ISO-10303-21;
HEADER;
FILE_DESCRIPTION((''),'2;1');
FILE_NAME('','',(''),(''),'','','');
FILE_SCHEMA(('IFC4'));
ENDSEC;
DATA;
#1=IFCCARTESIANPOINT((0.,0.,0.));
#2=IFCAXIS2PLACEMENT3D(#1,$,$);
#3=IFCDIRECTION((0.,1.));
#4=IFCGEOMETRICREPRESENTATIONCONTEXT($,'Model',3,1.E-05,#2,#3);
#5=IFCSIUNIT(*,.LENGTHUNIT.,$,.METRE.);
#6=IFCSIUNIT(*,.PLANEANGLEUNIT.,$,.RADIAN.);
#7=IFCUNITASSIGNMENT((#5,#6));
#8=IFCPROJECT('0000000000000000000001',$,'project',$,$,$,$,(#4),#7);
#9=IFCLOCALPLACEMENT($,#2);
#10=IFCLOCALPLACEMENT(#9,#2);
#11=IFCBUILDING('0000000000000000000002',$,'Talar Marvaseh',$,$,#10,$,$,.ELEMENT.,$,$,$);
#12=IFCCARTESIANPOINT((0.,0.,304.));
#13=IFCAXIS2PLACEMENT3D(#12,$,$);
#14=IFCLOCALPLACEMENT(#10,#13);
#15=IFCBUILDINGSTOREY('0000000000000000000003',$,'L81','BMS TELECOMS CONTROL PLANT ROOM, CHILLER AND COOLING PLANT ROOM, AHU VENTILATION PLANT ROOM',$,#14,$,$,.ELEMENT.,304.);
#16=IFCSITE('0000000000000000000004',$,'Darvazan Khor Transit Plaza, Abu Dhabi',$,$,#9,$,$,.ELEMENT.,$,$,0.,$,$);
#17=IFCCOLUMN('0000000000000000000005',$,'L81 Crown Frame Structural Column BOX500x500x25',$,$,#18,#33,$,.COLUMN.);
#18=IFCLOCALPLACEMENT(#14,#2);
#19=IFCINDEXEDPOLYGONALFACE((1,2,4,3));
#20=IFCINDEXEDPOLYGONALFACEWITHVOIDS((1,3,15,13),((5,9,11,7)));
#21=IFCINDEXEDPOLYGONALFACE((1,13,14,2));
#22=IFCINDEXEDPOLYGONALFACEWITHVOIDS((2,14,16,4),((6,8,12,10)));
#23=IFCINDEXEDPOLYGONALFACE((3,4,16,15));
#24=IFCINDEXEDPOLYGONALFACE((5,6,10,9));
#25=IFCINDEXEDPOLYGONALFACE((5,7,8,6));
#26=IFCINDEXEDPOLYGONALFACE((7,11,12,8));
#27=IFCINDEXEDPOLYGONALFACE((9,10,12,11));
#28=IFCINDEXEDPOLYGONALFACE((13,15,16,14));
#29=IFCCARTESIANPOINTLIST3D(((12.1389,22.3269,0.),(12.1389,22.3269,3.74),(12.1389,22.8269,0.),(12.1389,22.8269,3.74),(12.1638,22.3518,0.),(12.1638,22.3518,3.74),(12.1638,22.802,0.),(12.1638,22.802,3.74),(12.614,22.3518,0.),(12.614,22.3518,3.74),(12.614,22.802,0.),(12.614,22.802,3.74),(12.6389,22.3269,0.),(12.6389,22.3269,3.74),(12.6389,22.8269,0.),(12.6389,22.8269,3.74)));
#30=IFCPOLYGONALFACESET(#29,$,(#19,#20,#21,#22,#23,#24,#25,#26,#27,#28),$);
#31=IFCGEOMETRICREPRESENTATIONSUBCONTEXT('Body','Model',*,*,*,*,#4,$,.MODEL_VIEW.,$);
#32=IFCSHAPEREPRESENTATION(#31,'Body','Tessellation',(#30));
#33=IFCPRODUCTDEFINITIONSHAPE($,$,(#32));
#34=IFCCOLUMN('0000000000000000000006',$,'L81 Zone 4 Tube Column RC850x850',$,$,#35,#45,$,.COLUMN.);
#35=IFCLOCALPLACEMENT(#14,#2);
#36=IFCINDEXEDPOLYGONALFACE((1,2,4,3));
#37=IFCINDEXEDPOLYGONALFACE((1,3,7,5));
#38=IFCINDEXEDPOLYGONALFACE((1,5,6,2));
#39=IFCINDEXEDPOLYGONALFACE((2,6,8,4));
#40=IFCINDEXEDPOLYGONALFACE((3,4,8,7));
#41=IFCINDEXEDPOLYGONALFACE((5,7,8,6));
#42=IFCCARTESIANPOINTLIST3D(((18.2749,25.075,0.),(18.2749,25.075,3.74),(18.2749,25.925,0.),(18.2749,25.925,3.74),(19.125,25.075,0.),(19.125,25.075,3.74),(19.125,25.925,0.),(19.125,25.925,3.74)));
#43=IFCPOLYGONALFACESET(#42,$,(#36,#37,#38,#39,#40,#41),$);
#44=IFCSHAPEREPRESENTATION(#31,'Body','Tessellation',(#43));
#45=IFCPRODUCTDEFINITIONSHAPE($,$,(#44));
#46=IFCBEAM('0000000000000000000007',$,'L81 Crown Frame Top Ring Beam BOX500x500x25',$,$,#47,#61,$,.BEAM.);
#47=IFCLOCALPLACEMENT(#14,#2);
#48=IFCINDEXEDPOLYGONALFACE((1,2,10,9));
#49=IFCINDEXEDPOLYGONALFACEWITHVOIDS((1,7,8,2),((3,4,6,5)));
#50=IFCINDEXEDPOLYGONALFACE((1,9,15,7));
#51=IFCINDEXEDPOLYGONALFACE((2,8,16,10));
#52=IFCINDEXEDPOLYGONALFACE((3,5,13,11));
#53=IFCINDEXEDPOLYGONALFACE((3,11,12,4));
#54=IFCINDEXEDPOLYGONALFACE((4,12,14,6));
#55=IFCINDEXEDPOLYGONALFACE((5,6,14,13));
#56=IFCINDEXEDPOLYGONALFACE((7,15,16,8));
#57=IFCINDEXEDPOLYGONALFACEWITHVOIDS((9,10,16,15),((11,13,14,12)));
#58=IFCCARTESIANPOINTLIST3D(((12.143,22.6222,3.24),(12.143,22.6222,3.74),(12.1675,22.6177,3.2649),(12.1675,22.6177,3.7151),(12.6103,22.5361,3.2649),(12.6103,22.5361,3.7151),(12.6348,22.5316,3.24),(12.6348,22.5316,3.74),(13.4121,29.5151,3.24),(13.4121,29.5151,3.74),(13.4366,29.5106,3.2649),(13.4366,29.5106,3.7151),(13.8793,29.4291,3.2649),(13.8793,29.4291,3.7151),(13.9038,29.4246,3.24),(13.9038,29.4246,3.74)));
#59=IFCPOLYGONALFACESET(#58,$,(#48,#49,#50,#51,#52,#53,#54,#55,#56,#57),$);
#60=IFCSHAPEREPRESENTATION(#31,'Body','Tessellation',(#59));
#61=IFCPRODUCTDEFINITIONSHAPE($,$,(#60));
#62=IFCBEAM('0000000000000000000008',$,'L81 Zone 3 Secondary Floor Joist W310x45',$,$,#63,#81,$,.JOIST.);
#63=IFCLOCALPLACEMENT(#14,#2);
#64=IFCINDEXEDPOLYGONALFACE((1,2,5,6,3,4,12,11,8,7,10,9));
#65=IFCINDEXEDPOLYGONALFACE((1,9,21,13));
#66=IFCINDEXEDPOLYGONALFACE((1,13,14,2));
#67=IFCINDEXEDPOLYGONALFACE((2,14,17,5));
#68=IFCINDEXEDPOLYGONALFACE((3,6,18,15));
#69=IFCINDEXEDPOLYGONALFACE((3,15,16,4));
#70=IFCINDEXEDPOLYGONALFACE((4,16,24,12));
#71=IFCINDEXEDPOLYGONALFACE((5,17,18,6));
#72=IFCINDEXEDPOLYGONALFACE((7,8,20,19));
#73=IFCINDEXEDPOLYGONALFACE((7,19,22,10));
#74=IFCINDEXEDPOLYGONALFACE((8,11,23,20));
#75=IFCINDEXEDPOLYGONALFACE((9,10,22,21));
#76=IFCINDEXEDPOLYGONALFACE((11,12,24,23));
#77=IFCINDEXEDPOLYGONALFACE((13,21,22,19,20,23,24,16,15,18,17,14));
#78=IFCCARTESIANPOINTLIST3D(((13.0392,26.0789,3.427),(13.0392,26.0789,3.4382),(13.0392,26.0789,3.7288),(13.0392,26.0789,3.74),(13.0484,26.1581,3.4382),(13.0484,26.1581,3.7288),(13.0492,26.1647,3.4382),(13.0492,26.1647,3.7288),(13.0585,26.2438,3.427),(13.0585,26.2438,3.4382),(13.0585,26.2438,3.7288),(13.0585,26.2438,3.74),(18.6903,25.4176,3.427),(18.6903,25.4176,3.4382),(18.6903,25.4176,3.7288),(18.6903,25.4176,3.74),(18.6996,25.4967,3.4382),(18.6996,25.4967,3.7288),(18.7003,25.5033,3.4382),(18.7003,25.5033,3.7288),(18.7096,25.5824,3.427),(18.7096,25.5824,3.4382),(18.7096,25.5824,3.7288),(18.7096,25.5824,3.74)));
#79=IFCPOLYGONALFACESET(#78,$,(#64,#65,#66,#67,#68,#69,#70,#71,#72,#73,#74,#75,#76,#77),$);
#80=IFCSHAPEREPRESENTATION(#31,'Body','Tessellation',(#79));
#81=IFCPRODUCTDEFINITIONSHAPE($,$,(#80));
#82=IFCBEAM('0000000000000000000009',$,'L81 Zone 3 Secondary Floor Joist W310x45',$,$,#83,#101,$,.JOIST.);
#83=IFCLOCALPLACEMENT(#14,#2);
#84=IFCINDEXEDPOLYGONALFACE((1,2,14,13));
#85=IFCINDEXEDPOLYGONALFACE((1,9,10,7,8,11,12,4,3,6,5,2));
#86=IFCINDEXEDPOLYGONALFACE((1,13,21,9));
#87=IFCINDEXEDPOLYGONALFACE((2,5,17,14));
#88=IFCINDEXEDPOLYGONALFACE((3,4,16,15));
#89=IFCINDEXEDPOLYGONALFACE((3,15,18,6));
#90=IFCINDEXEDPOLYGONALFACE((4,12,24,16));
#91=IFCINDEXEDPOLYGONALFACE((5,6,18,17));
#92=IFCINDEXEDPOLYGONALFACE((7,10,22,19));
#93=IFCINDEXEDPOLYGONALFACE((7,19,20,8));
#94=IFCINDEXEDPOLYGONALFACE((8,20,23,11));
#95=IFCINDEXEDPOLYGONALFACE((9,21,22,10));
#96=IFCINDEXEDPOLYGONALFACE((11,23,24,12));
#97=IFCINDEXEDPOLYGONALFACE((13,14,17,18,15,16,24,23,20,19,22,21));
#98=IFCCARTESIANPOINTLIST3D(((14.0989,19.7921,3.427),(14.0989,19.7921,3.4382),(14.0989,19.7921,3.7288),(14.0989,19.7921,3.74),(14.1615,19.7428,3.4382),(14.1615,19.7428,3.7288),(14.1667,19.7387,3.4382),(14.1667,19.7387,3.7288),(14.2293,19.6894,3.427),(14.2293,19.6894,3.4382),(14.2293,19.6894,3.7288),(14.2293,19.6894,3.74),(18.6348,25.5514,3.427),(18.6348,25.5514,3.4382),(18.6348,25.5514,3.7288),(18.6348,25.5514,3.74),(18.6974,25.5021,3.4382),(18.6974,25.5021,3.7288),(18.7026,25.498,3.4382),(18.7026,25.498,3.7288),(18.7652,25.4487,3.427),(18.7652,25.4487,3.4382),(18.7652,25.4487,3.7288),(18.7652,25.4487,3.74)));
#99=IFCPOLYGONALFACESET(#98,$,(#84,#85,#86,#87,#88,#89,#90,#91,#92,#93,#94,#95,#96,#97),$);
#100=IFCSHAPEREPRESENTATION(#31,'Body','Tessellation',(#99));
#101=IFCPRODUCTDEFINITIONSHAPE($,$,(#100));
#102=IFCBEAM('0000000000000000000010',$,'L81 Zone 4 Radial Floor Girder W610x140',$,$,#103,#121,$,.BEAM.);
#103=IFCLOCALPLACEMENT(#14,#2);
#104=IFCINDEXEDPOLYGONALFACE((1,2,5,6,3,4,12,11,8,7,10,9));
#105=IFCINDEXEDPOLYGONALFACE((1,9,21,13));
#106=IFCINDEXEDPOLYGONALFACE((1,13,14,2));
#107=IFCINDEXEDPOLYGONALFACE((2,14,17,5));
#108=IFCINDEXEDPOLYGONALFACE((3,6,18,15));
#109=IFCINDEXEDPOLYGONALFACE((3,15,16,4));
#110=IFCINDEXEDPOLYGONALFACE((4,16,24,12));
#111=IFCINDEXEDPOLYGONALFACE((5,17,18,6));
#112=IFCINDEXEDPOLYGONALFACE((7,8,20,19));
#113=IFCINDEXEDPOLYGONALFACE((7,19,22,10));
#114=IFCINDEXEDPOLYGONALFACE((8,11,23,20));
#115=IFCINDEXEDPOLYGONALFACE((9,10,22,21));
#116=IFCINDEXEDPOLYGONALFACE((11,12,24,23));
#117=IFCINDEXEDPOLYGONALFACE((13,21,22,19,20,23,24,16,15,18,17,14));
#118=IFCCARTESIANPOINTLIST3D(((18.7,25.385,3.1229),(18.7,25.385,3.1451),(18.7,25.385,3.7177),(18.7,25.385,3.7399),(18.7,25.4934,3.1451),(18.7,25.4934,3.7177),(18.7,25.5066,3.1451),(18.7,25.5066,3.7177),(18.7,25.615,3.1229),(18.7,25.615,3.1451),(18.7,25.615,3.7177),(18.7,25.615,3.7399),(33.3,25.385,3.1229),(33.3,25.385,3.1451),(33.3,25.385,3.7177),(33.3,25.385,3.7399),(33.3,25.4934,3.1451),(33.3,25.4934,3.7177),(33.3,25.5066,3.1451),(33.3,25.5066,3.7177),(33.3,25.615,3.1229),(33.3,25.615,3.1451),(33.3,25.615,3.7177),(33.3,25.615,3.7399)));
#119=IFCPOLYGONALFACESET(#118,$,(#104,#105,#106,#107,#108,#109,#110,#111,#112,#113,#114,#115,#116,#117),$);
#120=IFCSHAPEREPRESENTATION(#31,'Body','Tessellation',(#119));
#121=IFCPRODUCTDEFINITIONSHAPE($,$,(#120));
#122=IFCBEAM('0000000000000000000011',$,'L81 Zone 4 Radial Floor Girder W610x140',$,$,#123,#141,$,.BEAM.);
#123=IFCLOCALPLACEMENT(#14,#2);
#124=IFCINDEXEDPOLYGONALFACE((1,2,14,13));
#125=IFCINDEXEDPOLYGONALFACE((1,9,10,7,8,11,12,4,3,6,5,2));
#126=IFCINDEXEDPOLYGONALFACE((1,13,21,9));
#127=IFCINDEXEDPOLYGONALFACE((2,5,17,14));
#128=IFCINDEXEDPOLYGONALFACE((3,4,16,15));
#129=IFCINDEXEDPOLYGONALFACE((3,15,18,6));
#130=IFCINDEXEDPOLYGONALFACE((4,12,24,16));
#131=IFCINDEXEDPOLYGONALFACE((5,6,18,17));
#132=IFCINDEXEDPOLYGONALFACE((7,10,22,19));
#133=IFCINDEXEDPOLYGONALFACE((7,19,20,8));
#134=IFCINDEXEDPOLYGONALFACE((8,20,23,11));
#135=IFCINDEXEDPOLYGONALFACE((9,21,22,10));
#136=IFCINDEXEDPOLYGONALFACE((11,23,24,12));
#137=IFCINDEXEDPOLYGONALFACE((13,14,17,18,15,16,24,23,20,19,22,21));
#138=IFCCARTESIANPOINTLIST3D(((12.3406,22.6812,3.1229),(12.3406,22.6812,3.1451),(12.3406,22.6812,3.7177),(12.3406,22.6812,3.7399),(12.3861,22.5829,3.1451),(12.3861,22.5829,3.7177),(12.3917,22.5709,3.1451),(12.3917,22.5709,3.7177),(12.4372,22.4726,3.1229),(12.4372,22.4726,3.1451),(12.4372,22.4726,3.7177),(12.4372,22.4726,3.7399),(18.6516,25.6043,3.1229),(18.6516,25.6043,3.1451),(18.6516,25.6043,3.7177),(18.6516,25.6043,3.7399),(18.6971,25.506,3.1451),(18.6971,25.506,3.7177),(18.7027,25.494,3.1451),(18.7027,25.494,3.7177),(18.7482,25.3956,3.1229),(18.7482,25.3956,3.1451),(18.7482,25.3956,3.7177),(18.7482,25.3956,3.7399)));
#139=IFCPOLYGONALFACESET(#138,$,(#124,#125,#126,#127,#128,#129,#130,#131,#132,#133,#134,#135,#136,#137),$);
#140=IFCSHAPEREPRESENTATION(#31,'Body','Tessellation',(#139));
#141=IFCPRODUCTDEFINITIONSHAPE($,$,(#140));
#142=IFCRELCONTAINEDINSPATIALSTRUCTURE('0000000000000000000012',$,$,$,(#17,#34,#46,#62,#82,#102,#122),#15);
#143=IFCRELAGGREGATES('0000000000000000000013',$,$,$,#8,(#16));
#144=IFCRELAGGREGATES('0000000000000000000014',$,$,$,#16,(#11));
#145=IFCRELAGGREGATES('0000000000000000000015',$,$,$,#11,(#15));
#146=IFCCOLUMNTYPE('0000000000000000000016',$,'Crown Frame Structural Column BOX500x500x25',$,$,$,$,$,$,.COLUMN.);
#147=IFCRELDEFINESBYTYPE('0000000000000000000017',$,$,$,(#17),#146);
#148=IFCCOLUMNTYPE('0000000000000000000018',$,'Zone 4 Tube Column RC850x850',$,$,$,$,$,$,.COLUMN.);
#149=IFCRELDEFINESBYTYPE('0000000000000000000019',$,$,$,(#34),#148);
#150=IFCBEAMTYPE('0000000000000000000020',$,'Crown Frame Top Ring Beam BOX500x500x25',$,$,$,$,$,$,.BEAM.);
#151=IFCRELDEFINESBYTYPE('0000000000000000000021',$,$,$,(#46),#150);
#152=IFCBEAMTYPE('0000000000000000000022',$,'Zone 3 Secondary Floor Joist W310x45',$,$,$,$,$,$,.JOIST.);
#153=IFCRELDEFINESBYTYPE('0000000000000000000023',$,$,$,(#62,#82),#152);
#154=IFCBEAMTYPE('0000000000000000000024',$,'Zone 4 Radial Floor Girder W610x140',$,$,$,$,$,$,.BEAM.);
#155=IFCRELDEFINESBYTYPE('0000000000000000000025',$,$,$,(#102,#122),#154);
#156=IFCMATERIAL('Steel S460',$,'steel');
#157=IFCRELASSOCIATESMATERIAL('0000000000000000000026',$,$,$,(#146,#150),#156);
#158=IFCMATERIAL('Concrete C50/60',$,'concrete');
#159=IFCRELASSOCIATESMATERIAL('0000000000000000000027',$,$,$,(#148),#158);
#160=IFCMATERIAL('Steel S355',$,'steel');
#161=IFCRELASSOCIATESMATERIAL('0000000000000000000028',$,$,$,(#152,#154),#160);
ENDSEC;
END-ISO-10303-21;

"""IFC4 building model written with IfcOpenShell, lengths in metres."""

from ifc_helpers import new_model, si_unit, direction, frame, origin, origin_2d, place, context, subcontext, project, spatial, rectangle, hollow_rectangle, i_section, extrude, material, material_profile, profile_set, type_object, element, save


model = new_model("IFC4")

# Units and contexts
model_context = context("Model", 3, precision=1e-05, world=origin(), true_north=direction((0.0, 1.0)))
body_context = subcontext(model_context, "Body", "Model", "MODEL_VIEW")
ifc_project = project(units=[si_unit("LENGTHUNIT", "METRE"), si_unit("PLANEANGLEUNIT", "RADIAN")], contexts=[model_context])

# Site, building, storey
site_placement = place(None, origin())
site = spatial("IfcSite", under=ifc_project, at=site_placement, Name="Darvazan Khor Transit Plaza, Abu Dhabi", CompositionType="ELEMENT", RefElevation=0.0)
building_placement = place(site_placement, origin())
building = spatial("IfcBuilding", under=site, at=building_placement, Name="Talar Marvaseh", CompositionType="ELEMENT")
storey_placement = place(building_placement, frame((0.0, 0.0, 304.0)))
storey = spatial("IfcBuildingStorey", under=building, at=storey_placement, Name="L81", Description="BMS TELECOMS CONTROL PLANT ROOM, CHILLER AND COOLING PLANT ROOM, AHU VENTILATION PLANT ROOM", CompositionType="ELEMENT", Elevation=304.0)

# Columns
ifc_material_1 = material(Name="Steel S460", Category="steel")
ifc_material_profile_1 = material_profile(ifc_material_1, hollow_rectangle(XDim=0.5, YDim=0.5, WallThickness=0.0249, at=origin_2d()), Name="BOX500x500x25")
ifc_profile_set_1 = profile_set([ifc_material_profile_1], Name="Steel S460")
column_type_1 = type_object("IfcColumnType", Name="Crown Frame Structural Column BOX500x500x25", PredefinedType="COLUMN", material=ifc_profile_set_1)
column_1_placement = place(storey_placement, frame((12.3889, 22.5769, 0.0), z_axis=(0.0, 0.0, 1.0), x_axis=(1.0, 0.0, 0.0)))
element("IfcColumn", 1, at=column_1_placement, inside=storey, type_object=column_type_1, Name="L81 Crown Frame Structural Column BOX500x500x25", PredefinedType="COLUMN", context=body_context, shape_type="SweptSolid", body=[
    extrude(hollow_rectangle(XDim=0.5, YDim=0.5, WallThickness=0.0249, at=origin_2d()), origin(), (0.0, 0.0, 1.0), 3.74),
])
ifc_material_2 = material(Name="Concrete C50/60", Category="concrete")
ifc_material_profile_2 = material_profile(ifc_material_2, rectangle(XDim=0.8501, YDim=0.8501, at=origin_2d()), Name="RC850x850")
ifc_profile_set_2 = profile_set([ifc_material_profile_2], Name="Concrete C50/60")
column_type_2 = type_object("IfcColumnType", Name="Zone 4 Tube Column RC850x850", PredefinedType="COLUMN", material=ifc_profile_set_2)
column_2_placement = place(storey_placement, frame((18.7, 25.5, 0.0), z_axis=(0.0, 0.0, 1.0), x_axis=(1.0, 0.0, 0.0)))
element("IfcColumn", 2, at=column_2_placement, inside=storey, type_object=column_type_2, Name="L81 Zone 4 Tube Column RC850x850", PredefinedType="COLUMN", context=body_context, shape_type="SweptSolid", body=[
    extrude(rectangle(XDim=0.8501, YDim=0.8501, at=origin_2d()), origin(), (0.0, 0.0, 1.0), 3.74),
])

# Beams
ifc_material_profile_3 = material_profile(ifc_material_1, hollow_rectangle(XDim=0.5, YDim=0.5, WallThickness=0.0249, at=origin_2d()), Name="BOX500x500x25")
ifc_profile_set_3 = profile_set([ifc_material_profile_3], Name="Steel S460")
beam_type_1 = type_object("IfcBeamType", Name="Crown Frame Top Ring Beam BOX500x500x25", PredefinedType="BEAM", material=ifc_profile_set_3)
beam_1_placement = place(storey_placement, frame((12.3889, 22.5769, 3.49), z_axis=(0.181061, 0.983472, 0.0), x_axis=(-0.983472, 0.181061, 0.0)))
element("IfcBeam", 3, at=beam_1_placement, inside=storey, type_object=beam_type_1, Name="L81 Crown Frame Top Ring Beam BOX500x500x25", PredefinedType="BEAM", context=body_context, shape_type="SweptSolid", body=[
    extrude(hollow_rectangle(XDim=0.5, YDim=0.5, WallThickness=0.0249, at=origin_2d()), origin(), (0.0, 0.0, 1.0), 7.0088),
])
ifc_material_3 = material(Name="Steel S355", Category="steel")
ifc_material_profile_4 = material_profile(ifc_material_3, i_section(OverallWidth=0.166, OverallDepth=0.313, WebThickness=0.0066, FlangeThickness=0.0112, at=origin_2d()), Name="W310x45")
ifc_profile_set_4 = profile_set([ifc_material_profile_4], Name="Steel S355")
beam_type_2 = type_object("IfcBeamType", Name="Zone 3 Secondary Floor Joist W310x45", PredefinedType="JOIST", material=ifc_profile_set_4)
beam_2_placement = place(storey_placement, frame((13.0488, 26.1614, 3.5835), z_axis=(0.993221, -0.116241, 0.0), x_axis=(0.116241, 0.993221, 0.0)))
element("IfcBeam", 4, at=beam_2_placement, inside=storey, type_object=beam_type_2, Name="L81 Zone 3 Secondary Floor Joist W310x45", PredefinedType="JOIST", context=body_context, shape_type="SweptSolid", body=[
    extrude(i_section(OverallWidth=0.166, OverallDepth=0.313, WebThickness=0.0066, FlangeThickness=0.0112, at=origin_2d()), origin(), (0.0, 0.0, 1.0), 5.6897),
])
beam_3_placement = place(storey_placement, frame((14.1641, 19.7407, 3.5835), z_axis=(0.618727, 0.785606, 0.0), x_axis=(-0.785606, 0.618727, 0.0)))
element("IfcBeam", 5, at=beam_3_placement, inside=storey, type_object=beam_type_2, Name="L81 Zone 3 Secondary Floor Joist W310x45", PredefinedType="JOIST", context=body_context, shape_type="SweptSolid", body=[
    extrude(i_section(OverallWidth=0.166, OverallDepth=0.313, WebThickness=0.0066, FlangeThickness=0.0112, at=origin_2d()), origin(), (0.0, 0.0, 1.0), 7.3311),
])
ifc_material_profile_5 = material_profile(ifc_material_3, i_section(OverallWidth=0.23, OverallDepth=0.6169, WebThickness=0.0132, FlangeThickness=0.0222, at=origin_2d()), Name="W610x140")
ifc_profile_set_5 = profile_set([ifc_material_profile_5], Name="Steel S355")
beam_type_3 = type_object("IfcBeamType", Name="Zone 4 Radial Floor Girder W610x140", PredefinedType="BEAM", material=ifc_profile_set_5)
beam_4_placement = place(storey_placement, frame((18.7, 25.5, 3.4314), z_axis=(1.0, 0.0, 0.0), x_axis=(0.0, 1.0, 0.0)))
element("IfcBeam", 6, at=beam_4_placement, inside=storey, type_object=beam_type_3, Name="L81 Zone 4 Radial Floor Girder W610x140", PredefinedType="BEAM", context=body_context, shape_type="SweptSolid", body=[
    extrude(i_section(OverallWidth=0.23, OverallDepth=0.6169, WebThickness=0.0132, FlangeThickness=0.0222, at=origin_2d()), origin(), (0.0, 0.0, 1.0), 14.6001),
])
beam_5_placement = place(storey_placement, frame((12.3889, 22.5769, 3.4314), z_axis=(0.907395, 0.42028, 0.0), x_axis=(-0.42028, 0.907395, 0.0)))
element("IfcBeam", 7, at=beam_5_placement, inside=storey, type_object=beam_type_3, Name="L81 Zone 4 Radial Floor Girder W610x140", PredefinedType="BEAM", context=body_context, shape_type="SweptSolid", body=[
    extrude(i_section(OverallWidth=0.23, OverallDepth=0.6169, WebThickness=0.0132, FlangeThickness=0.0222, at=origin_2d()), origin(), (0.0, 0.0, 1.0), 6.9551),
])

save(model, "model.ifc")
